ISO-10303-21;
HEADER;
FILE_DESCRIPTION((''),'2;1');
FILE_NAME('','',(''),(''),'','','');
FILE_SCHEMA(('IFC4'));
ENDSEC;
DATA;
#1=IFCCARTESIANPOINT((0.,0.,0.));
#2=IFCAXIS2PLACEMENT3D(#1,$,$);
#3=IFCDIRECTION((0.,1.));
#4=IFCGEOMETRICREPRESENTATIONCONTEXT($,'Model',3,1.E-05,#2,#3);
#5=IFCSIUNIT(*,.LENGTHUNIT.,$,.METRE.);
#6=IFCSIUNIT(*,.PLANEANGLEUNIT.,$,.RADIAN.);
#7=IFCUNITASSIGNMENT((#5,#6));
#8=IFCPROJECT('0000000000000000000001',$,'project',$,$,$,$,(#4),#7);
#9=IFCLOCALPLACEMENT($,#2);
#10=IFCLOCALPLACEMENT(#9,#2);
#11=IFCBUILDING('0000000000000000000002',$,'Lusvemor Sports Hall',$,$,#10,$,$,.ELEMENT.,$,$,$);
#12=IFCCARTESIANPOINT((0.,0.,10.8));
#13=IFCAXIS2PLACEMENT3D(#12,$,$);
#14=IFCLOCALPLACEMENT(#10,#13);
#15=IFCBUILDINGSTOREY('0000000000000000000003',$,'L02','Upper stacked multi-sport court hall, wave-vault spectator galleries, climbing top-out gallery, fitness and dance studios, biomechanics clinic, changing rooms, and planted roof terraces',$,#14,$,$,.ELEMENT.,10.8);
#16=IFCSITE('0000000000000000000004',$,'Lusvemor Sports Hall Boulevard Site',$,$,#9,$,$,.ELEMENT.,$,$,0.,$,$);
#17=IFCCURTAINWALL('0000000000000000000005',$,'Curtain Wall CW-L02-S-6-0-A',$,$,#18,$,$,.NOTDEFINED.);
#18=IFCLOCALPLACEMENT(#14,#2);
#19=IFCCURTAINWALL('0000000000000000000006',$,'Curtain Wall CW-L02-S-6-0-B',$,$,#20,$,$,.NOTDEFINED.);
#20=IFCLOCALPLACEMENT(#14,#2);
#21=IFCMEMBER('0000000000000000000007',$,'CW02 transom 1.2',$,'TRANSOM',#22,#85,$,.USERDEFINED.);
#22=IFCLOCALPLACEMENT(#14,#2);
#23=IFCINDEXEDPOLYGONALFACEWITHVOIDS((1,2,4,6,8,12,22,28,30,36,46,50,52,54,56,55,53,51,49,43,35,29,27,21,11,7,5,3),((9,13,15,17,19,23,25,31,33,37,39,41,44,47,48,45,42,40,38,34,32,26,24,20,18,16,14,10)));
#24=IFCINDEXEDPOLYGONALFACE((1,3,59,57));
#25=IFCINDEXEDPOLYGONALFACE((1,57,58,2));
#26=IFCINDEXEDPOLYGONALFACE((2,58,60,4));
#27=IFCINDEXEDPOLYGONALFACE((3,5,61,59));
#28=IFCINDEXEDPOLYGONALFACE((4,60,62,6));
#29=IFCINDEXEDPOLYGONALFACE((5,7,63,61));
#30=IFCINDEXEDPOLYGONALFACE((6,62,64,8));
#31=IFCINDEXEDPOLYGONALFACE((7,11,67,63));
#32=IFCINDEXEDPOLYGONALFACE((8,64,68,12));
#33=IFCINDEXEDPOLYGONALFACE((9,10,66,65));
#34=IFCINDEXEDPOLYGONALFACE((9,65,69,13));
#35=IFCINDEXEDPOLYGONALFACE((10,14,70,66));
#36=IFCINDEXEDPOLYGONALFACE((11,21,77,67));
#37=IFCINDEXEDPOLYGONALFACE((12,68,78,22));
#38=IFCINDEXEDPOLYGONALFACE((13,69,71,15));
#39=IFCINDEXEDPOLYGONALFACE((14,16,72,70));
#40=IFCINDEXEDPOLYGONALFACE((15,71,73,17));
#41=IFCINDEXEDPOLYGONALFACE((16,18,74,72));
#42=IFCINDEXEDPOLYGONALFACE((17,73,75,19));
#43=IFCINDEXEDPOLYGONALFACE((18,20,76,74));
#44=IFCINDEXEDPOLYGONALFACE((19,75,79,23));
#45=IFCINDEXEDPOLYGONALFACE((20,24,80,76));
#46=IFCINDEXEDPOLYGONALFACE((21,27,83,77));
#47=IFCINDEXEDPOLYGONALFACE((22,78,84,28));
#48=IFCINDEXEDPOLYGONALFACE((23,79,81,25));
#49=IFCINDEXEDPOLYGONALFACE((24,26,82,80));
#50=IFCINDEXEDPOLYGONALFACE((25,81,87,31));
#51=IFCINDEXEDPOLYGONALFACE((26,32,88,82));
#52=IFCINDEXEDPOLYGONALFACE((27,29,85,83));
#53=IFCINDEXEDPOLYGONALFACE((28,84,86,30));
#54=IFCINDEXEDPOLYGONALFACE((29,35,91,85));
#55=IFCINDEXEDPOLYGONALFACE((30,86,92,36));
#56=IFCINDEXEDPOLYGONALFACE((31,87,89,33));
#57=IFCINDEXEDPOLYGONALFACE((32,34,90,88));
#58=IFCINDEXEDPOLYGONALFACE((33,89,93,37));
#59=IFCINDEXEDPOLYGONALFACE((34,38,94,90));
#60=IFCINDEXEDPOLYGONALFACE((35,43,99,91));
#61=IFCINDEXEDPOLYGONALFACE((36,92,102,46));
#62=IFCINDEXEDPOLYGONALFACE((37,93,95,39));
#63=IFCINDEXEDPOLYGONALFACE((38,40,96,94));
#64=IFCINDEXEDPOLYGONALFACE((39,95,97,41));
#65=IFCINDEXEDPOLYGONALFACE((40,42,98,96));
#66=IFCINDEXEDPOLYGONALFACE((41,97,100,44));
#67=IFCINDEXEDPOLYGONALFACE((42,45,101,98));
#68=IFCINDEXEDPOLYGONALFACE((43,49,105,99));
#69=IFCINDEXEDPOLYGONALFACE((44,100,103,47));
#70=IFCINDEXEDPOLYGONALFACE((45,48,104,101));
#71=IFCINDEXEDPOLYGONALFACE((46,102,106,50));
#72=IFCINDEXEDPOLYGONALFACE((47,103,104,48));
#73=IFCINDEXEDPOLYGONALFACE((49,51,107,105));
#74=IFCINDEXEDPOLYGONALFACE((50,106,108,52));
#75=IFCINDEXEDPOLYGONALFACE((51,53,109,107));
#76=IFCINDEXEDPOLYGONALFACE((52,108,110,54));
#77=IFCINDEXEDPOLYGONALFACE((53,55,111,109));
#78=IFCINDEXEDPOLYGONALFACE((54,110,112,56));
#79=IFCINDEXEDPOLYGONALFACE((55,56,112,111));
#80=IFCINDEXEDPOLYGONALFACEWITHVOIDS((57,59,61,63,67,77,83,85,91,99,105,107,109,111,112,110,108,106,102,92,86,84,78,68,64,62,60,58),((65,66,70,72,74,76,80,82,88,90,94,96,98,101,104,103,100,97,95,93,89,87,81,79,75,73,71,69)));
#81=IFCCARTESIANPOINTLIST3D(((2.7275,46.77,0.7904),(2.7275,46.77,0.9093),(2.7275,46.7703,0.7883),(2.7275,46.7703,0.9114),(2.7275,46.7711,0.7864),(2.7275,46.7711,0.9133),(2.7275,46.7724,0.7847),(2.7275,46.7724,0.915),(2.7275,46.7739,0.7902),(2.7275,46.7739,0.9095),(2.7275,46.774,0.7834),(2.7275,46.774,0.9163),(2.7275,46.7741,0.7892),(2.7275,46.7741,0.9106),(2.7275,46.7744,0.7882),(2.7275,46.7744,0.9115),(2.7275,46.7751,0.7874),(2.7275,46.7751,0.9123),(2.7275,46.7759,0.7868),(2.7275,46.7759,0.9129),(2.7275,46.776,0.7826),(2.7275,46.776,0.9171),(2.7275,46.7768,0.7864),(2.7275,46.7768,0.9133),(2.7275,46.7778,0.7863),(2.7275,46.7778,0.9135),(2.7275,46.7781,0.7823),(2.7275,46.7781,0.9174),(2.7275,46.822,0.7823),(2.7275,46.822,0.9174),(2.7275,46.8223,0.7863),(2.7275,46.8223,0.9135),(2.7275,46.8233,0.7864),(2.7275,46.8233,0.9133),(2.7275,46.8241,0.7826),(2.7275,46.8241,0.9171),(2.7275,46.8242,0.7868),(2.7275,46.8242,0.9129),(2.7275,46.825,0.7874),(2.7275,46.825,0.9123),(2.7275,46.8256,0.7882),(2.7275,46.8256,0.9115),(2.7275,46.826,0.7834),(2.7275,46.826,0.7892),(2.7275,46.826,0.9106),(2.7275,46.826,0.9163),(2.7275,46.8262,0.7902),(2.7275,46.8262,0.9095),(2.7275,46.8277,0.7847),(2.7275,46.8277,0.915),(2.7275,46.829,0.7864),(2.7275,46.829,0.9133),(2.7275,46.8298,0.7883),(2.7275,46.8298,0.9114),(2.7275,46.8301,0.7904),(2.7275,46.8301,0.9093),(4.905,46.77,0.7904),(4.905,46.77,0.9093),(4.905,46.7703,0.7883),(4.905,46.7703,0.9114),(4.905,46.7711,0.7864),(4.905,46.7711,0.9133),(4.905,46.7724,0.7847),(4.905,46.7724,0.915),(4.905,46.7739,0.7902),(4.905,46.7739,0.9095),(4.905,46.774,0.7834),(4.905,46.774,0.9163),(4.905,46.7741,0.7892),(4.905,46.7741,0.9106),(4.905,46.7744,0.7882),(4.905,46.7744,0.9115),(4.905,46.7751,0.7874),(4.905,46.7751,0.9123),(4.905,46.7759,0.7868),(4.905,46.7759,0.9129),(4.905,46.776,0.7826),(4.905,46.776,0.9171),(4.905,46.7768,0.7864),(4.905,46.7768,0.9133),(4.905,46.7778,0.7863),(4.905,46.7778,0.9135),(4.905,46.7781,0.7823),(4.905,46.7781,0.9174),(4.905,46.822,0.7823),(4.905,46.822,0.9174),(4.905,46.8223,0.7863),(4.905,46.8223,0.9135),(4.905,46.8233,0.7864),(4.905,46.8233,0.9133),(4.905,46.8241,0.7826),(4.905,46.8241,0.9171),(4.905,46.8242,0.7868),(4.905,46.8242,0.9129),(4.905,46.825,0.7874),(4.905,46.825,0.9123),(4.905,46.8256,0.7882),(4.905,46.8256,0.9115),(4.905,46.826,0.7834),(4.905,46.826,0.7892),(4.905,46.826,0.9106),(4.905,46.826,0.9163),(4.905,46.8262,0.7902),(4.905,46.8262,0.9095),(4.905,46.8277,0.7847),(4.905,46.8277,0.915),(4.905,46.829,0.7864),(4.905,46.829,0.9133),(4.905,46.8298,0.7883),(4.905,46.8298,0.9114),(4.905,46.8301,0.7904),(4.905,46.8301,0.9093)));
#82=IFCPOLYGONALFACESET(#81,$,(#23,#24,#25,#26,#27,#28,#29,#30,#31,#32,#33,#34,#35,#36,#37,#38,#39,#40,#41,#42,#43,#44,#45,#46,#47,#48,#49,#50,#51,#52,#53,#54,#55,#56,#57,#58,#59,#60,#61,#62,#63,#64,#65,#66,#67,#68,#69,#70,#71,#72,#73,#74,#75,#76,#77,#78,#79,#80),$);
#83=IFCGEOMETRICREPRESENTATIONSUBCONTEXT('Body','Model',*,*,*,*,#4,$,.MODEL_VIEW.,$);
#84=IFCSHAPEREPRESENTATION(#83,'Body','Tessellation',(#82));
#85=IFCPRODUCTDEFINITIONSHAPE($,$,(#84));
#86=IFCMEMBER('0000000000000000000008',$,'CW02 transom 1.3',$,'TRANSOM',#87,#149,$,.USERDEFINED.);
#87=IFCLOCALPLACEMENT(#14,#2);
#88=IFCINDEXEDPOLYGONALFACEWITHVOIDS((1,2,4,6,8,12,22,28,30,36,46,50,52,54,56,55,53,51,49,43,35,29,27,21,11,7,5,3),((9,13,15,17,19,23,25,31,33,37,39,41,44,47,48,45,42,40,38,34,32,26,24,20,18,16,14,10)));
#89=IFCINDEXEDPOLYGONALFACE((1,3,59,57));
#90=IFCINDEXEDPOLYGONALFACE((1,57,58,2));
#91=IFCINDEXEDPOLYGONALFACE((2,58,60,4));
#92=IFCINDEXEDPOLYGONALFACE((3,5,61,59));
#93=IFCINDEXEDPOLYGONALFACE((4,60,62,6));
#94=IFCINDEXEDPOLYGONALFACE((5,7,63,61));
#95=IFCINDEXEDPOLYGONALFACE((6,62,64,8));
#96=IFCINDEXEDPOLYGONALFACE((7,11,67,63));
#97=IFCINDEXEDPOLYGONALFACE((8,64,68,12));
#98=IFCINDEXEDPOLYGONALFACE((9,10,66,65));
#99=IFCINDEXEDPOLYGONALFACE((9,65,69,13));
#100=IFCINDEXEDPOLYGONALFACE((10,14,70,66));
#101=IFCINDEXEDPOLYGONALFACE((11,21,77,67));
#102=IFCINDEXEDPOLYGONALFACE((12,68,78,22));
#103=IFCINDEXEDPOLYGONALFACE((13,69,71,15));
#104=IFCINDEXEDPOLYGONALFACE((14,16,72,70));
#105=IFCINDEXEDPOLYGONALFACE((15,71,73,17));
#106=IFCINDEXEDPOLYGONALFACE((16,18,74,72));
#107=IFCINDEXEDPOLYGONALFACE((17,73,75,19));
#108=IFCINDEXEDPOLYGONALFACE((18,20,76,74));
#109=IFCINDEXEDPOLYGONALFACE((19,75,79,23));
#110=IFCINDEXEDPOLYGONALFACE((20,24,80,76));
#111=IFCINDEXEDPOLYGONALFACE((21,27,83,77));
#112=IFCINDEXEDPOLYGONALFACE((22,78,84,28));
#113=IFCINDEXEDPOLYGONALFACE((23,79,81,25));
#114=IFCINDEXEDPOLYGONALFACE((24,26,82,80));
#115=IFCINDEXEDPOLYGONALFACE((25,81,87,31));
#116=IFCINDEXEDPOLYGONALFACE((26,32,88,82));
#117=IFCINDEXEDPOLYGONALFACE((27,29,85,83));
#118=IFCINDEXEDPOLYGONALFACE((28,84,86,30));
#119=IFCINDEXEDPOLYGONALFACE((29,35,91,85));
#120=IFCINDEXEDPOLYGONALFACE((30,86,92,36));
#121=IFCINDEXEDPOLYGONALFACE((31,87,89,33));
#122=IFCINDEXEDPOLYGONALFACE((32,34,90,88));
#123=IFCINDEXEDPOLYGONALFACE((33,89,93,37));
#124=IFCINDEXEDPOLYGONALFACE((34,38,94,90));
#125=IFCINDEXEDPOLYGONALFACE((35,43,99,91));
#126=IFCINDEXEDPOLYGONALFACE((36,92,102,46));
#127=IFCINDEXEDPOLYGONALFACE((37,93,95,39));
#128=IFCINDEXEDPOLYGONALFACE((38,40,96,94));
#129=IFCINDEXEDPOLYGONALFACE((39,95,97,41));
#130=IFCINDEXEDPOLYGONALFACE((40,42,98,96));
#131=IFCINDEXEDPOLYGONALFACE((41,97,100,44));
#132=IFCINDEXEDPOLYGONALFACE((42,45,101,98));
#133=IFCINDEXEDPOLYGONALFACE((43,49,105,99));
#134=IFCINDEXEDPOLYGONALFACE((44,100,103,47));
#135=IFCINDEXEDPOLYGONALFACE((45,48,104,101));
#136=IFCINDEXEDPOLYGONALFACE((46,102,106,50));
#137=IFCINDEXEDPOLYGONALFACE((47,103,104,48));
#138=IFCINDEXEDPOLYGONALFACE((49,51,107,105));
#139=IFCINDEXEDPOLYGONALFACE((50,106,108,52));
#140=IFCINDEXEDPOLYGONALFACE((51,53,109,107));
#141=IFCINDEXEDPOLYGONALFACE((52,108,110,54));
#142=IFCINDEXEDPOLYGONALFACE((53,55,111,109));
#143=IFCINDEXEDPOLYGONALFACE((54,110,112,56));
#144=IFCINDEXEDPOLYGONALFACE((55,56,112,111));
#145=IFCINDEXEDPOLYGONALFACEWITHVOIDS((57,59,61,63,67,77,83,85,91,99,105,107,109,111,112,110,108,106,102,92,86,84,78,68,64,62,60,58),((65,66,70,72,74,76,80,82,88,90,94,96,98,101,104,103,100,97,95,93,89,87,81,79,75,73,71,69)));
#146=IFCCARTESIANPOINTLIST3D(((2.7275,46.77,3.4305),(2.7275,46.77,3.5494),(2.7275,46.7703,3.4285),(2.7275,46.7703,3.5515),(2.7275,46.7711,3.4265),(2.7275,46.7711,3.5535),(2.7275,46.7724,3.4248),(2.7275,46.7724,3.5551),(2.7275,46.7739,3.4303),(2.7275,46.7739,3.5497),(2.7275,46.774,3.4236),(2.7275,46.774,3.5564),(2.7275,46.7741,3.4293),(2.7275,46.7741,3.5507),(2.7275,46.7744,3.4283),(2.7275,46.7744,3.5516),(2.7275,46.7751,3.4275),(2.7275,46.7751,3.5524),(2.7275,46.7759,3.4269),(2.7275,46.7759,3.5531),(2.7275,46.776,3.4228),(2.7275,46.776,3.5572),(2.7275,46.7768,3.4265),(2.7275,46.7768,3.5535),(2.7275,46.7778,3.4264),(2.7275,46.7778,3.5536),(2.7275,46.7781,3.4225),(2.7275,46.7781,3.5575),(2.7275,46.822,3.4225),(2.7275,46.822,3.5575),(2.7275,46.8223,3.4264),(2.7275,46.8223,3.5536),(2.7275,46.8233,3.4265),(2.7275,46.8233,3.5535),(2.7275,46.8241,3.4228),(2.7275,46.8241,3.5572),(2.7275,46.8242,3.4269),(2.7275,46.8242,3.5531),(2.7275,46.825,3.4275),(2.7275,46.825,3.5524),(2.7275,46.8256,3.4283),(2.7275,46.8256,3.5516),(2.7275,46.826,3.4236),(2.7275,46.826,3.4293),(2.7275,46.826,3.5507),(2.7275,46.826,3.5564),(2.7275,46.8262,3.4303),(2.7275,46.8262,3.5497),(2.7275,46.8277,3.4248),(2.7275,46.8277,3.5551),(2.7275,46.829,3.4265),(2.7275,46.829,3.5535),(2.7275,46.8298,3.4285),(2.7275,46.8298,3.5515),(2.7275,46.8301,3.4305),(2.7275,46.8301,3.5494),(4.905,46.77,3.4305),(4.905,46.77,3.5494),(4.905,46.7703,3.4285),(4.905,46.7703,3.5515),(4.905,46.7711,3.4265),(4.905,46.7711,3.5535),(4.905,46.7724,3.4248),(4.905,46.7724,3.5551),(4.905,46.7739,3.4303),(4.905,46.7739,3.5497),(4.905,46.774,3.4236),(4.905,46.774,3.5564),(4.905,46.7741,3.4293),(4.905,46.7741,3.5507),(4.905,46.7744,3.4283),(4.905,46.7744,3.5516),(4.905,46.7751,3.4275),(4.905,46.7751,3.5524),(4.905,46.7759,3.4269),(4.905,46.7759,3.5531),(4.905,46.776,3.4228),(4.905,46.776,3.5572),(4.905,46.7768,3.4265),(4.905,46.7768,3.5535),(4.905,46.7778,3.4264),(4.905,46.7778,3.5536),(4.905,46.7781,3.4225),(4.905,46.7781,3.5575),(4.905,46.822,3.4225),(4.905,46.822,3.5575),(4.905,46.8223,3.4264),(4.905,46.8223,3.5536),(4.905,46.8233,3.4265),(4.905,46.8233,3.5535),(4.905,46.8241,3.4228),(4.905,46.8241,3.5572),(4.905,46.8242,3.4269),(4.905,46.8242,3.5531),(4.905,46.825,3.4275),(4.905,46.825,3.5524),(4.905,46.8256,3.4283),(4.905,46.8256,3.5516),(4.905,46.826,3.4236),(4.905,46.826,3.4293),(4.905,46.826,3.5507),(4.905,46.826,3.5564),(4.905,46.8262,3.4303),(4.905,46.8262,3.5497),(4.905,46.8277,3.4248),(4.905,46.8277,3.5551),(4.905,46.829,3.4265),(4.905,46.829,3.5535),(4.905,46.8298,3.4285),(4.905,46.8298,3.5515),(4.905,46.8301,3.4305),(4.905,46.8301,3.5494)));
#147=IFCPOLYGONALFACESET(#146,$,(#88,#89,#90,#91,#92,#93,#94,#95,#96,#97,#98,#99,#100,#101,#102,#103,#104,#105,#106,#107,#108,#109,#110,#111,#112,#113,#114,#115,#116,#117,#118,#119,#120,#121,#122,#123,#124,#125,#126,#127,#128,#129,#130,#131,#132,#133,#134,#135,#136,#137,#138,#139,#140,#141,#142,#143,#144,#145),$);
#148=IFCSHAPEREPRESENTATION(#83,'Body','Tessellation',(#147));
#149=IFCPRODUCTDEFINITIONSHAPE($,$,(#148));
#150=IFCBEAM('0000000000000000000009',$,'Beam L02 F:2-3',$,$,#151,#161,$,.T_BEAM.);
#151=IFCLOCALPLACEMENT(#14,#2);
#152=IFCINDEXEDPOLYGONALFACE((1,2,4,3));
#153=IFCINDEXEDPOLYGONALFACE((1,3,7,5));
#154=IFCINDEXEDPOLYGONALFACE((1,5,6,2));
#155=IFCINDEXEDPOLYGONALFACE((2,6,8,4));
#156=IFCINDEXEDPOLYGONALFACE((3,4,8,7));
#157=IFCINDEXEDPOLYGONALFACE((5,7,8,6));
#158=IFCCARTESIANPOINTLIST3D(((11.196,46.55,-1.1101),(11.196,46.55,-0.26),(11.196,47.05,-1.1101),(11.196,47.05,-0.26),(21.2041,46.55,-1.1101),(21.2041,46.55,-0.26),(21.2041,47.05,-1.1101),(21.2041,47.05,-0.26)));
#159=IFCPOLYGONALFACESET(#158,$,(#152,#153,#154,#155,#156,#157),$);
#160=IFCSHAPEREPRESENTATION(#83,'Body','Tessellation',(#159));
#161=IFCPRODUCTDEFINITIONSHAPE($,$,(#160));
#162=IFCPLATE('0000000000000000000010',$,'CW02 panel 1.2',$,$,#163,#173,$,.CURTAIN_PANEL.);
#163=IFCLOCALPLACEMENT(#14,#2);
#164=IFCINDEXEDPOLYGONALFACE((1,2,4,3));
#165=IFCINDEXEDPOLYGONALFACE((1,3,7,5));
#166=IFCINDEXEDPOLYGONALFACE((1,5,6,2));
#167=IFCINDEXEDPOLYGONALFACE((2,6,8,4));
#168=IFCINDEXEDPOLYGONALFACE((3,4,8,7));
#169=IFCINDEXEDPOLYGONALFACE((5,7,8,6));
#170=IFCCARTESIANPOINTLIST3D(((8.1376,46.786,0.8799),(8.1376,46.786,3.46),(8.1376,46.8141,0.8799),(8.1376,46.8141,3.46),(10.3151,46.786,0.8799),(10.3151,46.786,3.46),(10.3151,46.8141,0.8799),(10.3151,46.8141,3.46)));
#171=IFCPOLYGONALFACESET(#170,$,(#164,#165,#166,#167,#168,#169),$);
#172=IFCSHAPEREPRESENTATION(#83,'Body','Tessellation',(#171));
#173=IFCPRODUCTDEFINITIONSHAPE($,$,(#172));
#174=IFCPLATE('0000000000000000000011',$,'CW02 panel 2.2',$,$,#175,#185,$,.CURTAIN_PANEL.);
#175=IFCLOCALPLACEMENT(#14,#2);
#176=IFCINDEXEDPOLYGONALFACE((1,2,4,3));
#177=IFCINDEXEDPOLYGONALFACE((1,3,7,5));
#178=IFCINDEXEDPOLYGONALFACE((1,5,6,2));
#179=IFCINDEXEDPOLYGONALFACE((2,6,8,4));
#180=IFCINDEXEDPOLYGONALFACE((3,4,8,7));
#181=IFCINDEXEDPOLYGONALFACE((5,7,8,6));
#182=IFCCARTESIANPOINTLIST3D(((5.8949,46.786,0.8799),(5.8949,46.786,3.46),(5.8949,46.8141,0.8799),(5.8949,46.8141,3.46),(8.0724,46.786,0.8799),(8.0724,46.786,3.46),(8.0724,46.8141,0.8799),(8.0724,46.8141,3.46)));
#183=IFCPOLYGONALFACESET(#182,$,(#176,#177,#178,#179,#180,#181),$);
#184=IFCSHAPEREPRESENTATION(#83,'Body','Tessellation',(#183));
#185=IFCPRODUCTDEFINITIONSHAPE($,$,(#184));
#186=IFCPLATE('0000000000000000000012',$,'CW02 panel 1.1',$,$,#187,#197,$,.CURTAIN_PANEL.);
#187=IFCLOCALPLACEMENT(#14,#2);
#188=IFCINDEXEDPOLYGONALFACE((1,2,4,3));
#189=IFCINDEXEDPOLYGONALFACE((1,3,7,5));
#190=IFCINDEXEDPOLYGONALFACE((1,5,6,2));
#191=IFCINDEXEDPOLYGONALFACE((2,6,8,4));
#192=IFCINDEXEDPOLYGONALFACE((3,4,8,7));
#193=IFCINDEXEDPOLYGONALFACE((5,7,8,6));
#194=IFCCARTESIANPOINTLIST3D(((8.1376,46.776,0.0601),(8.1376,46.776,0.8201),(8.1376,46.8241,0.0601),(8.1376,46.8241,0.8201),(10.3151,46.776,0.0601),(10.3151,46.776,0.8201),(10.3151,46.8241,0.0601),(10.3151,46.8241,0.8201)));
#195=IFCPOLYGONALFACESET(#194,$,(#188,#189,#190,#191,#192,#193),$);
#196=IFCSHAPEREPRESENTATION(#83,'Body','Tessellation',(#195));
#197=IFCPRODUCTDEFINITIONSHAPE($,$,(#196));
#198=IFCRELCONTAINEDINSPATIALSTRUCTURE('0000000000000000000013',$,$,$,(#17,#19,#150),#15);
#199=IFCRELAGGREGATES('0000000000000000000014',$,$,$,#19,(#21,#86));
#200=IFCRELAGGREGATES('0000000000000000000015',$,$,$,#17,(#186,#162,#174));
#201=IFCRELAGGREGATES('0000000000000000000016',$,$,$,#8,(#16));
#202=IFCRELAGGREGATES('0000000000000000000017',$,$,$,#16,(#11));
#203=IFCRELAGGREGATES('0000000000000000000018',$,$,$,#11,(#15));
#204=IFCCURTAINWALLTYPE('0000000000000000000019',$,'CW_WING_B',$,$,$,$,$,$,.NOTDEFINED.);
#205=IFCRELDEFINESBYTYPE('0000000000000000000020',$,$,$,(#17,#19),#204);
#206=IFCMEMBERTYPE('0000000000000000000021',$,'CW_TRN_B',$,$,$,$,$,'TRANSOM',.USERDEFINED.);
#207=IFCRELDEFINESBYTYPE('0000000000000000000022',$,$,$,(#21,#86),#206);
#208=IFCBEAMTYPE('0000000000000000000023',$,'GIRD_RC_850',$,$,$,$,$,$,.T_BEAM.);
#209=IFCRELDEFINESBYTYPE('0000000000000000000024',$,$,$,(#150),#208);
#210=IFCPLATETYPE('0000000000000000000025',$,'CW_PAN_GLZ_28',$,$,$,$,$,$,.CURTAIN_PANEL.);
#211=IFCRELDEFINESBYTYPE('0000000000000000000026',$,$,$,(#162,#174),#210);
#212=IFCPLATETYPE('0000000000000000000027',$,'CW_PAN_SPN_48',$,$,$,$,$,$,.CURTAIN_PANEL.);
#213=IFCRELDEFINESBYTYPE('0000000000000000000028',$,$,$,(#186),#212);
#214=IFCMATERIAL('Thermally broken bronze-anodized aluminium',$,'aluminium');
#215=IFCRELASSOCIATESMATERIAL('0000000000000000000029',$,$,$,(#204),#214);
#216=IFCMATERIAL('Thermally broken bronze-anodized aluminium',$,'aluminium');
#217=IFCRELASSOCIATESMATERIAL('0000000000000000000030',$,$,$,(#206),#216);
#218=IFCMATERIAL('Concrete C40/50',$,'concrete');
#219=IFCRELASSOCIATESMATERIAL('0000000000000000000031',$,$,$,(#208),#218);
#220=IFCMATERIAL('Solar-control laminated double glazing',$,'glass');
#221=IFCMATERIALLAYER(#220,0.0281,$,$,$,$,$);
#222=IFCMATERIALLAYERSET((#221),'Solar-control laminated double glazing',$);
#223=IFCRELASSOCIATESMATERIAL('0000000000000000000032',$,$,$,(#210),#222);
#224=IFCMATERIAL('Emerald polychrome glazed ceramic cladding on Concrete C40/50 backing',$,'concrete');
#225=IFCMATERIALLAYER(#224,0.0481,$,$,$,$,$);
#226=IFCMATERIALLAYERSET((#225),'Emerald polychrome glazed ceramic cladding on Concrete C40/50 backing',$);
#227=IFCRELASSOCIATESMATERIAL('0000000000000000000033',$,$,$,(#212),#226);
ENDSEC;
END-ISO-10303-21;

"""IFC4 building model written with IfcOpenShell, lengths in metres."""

from ifc_helpers import new_model, si_unit, direction, frame, origin, origin_2d, place, context, subcontext, project, spatial, rectangle, hollow_rectangle, extrude, material, layer, layer_set, material_profile, profile_set, type_object, element, aggregate, save


model = new_model("IFC4")

# Units and contexts
model_context = context("Model", 3, precision=1e-05, world=origin(), true_north=direction((0.0, 1.0)))
body_context = subcontext(model_context, "Body", "Model", "MODEL_VIEW")
ifc_project = project(units=[si_unit("LENGTHUNIT", "METRE"), si_unit("PLANEANGLEUNIT", "RADIAN")], contexts=[model_context])

# Site, building, storey
site_placement = place(None, origin())
site = spatial("IfcSite", under=ifc_project, at=site_placement, Name="Lusvemor Sports Hall Boulevard Site", CompositionType="ELEMENT", RefElevation=0.0)
building_placement = place(site_placement, origin())
building = spatial("IfcBuilding", under=site, at=building_placement, Name="Lusvemor Sports Hall", CompositionType="ELEMENT")
storey_placement = place(building_placement, frame((0.0, 0.0, 10.8)))
storey = spatial("IfcBuildingStorey", under=building, at=storey_placement, Name="L02", Description="Upper stacked multi-sport court hall, wave-vault spectator galleries, climbing top-out gallery, fitness and dance studios, biomechanics clinic, changing rooms, and planted roof terraces", CompositionType="ELEMENT", Elevation=10.8)

# Curtain wall
ifc_material_1 = material(Name="Thermally broken bronze-anodized aluminium", Category="aluminium")
curtain_wall_type = type_object("IfcCurtainWallType", Name="CW_WING_B", PredefinedType="NOTDEFINED", material=ifc_material_1)
curtain_wall_1_placement = place(storey_placement, origin())
curtain_wall_1 = element("IfcCurtainWall", 1, at=curtain_wall_1_placement, inside=storey, type_object=curtain_wall_type, Name="Curtain Wall CW-L02-S-6-0-A", PredefinedType="NOTDEFINED")

# Curtain wall
curtain_wall_2_placement = place(storey_placement, origin())
curtain_wall_2 = element("IfcCurtainWall", 2, at=curtain_wall_2_placement, inside=storey, type_object=curtain_wall_type, Name="Curtain Wall CW-L02-S-6-0-B", PredefinedType="NOTDEFINED")

# Members
ifc_material_2 = material(Name="Thermally broken bronze-anodized aluminium", Category="aluminium")
ifc_material_profile_1 = material_profile(ifc_material_2, hollow_rectangle(XDim=0.0601, YDim=0.135, WallThickness=0.0039, InnerFilletRadius=0.0039, OuterFilletRadius=0.0081, at=origin_2d()), Name="CWTRN135x60x4")
ifc_profile_set_1 = profile_set([ifc_material_profile_1], Name="Thermally broken bronze-anodized aluminium")
member_type_1 = type_object("IfcMemberType", Name="CW_TRN_B", ElementType="TRANSOM", PredefinedType="USERDEFINED", material=ifc_profile_set_1)
member_1_placement = place(storey_placement, frame((4.905, 46.8, 0.8499), z_axis=(-1.0, 0.0, 0.0), x_axis=(0.0, -1.0, 0.0)))
member_1 = element("IfcMember", 3, at=member_1_placement, type_object=member_type_1, Name="CW02 transom 1.2", ObjectType="TRANSOM", PredefinedType="USERDEFINED", context=body_context, shape_type="SweptSolid", body=[
    extrude(hollow_rectangle(XDim=0.0601, YDim=0.135, WallThickness=0.0039, InnerFilletRadius=0.0039, OuterFilletRadius=0.0081, at=origin_2d()), origin(), (0.0, 0.0, 1.0), 2.1775),
])
member_2_placement = place(storey_placement, frame((4.905, 46.8, 3.49), z_axis=(-1.0, 0.0, 0.0), x_axis=(0.0, -1.0, 0.0)))
member_2 = element("IfcMember", 4, at=member_2_placement, type_object=member_type_1, Name="CW02 transom 1.3", ObjectType="TRANSOM", PredefinedType="USERDEFINED", context=body_context, shape_type="SweptSolid", body=[
    extrude(hollow_rectangle(XDim=0.0601, YDim=0.135, WallThickness=0.0039, InnerFilletRadius=0.0039, OuterFilletRadius=0.0081, at=origin_2d()), origin(), (0.0, 0.0, 1.0), 2.1775),
])
aggregate(curtain_wall_2, [member_1, member_2])

# Beam
ifc_material_3 = material(Name="Concrete C40/50", Category="concrete")
ifc_material_profile_2 = material_profile(ifc_material_3, rectangle(XDim=0.5, YDim=0.8501, at=origin_2d()), Name="RC500x850")
ifc_profile_set_2 = profile_set([ifc_material_profile_2], Name="Concrete C40/50")
beam_type_1 = type_object("IfcBeamType", Name="GIRD_RC_850", PredefinedType="T_BEAM", material=ifc_profile_set_2)
beam_placement = place(storey_placement, frame((11.196, 46.8, -0.6851), z_axis=(1.0, 0.0, 0.0), x_axis=(0.0, 1.0, 0.0)))
element("IfcBeam", 5, at=beam_placement, inside=storey, type_object=beam_type_1, Name="Beam L02 F:2-3", PredefinedType="T_BEAM", context=body_context, shape_type="SweptSolid", body=[
    extrude(rectangle(XDim=0.5, YDim=0.8501, at=origin_2d()), origin(), (0.0, 0.0, 1.0), 10.0081),
])

# Plates
ifc_material_4 = material(Name="Solar-control laminated double glazing", Category="glass")
ifc_layer_1 = layer(ifc_material_4, 0.0281)
ifc_layer_set_1 = layer_set([ifc_layer_1], Name="Solar-control laminated double glazing")
plate_type_1 = type_object("IfcPlateType", Name="CW_PAN_GLZ_28", PredefinedType="CURTAIN_PANEL", material=ifc_layer_set_1)
plate_1_placement = place(storey_placement, frame((9.2263, 46.8, 0.8799), z_axis=(0.0, 0.0, 1.0), x_axis=(-1.0, 0.0, 0.0)))
plate_1 = element("IfcPlate", 6, at=plate_1_placement, type_object=plate_type_1, Name="CW02 panel 1.2", PredefinedType="CURTAIN_PANEL", context=body_context, shape_type="SweptSolid", body=[
    extrude(rectangle(XDim=2.1775, YDim=0.0281, at=origin_2d()), origin(), (0.0, 0.0, 1.0), 2.5801),
])
plate_2_placement = place(storey_placement, frame((6.9836, 46.8, 0.8799), z_axis=(0.0, 0.0, 1.0), x_axis=(-1.0, 0.0, 0.0)))
plate_2 = element("IfcPlate", 7, at=plate_2_placement, type_object=plate_type_1, Name="CW02 panel 2.2", PredefinedType="CURTAIN_PANEL", context=body_context, shape_type="SweptSolid", body=[
    extrude(rectangle(XDim=2.1775, YDim=0.0281, at=origin_2d()), origin(), (0.0, 0.0, 1.0), 2.5801),
])
ifc_material_5 = material(Name="Emerald polychrome glazed ceramic cladding on Concrete C40/50 backing", Category="concrete")
ifc_layer_2 = layer(ifc_material_5, 0.0481)
ifc_layer_set_2 = layer_set([ifc_layer_2], Name="Emerald polychrome glazed ceramic cladding on Concrete C40/50 backing")
plate_type_2 = type_object("IfcPlateType", Name="CW_PAN_SPN_48", PredefinedType="CURTAIN_PANEL", material=ifc_layer_set_2)
plate_3_placement = place(storey_placement, frame((9.2263, 46.8, 0.0601), z_axis=(0.0, 0.0, 1.0), x_axis=(-1.0, 0.0, 0.0)))
plate_3 = element("IfcPlate", 8, at=plate_3_placement, type_object=plate_type_2, Name="CW02 panel 1.1", PredefinedType="CURTAIN_PANEL", context=body_context, shape_type="SweptSolid", body=[
    extrude(rectangle(XDim=2.1775, YDim=0.0481, at=origin_2d()), origin(), (0.0, 0.0, 1.0), 0.76),
])
aggregate(curtain_wall_1, [plate_3, plate_1, plate_2])

save(model, "model.ifc")
